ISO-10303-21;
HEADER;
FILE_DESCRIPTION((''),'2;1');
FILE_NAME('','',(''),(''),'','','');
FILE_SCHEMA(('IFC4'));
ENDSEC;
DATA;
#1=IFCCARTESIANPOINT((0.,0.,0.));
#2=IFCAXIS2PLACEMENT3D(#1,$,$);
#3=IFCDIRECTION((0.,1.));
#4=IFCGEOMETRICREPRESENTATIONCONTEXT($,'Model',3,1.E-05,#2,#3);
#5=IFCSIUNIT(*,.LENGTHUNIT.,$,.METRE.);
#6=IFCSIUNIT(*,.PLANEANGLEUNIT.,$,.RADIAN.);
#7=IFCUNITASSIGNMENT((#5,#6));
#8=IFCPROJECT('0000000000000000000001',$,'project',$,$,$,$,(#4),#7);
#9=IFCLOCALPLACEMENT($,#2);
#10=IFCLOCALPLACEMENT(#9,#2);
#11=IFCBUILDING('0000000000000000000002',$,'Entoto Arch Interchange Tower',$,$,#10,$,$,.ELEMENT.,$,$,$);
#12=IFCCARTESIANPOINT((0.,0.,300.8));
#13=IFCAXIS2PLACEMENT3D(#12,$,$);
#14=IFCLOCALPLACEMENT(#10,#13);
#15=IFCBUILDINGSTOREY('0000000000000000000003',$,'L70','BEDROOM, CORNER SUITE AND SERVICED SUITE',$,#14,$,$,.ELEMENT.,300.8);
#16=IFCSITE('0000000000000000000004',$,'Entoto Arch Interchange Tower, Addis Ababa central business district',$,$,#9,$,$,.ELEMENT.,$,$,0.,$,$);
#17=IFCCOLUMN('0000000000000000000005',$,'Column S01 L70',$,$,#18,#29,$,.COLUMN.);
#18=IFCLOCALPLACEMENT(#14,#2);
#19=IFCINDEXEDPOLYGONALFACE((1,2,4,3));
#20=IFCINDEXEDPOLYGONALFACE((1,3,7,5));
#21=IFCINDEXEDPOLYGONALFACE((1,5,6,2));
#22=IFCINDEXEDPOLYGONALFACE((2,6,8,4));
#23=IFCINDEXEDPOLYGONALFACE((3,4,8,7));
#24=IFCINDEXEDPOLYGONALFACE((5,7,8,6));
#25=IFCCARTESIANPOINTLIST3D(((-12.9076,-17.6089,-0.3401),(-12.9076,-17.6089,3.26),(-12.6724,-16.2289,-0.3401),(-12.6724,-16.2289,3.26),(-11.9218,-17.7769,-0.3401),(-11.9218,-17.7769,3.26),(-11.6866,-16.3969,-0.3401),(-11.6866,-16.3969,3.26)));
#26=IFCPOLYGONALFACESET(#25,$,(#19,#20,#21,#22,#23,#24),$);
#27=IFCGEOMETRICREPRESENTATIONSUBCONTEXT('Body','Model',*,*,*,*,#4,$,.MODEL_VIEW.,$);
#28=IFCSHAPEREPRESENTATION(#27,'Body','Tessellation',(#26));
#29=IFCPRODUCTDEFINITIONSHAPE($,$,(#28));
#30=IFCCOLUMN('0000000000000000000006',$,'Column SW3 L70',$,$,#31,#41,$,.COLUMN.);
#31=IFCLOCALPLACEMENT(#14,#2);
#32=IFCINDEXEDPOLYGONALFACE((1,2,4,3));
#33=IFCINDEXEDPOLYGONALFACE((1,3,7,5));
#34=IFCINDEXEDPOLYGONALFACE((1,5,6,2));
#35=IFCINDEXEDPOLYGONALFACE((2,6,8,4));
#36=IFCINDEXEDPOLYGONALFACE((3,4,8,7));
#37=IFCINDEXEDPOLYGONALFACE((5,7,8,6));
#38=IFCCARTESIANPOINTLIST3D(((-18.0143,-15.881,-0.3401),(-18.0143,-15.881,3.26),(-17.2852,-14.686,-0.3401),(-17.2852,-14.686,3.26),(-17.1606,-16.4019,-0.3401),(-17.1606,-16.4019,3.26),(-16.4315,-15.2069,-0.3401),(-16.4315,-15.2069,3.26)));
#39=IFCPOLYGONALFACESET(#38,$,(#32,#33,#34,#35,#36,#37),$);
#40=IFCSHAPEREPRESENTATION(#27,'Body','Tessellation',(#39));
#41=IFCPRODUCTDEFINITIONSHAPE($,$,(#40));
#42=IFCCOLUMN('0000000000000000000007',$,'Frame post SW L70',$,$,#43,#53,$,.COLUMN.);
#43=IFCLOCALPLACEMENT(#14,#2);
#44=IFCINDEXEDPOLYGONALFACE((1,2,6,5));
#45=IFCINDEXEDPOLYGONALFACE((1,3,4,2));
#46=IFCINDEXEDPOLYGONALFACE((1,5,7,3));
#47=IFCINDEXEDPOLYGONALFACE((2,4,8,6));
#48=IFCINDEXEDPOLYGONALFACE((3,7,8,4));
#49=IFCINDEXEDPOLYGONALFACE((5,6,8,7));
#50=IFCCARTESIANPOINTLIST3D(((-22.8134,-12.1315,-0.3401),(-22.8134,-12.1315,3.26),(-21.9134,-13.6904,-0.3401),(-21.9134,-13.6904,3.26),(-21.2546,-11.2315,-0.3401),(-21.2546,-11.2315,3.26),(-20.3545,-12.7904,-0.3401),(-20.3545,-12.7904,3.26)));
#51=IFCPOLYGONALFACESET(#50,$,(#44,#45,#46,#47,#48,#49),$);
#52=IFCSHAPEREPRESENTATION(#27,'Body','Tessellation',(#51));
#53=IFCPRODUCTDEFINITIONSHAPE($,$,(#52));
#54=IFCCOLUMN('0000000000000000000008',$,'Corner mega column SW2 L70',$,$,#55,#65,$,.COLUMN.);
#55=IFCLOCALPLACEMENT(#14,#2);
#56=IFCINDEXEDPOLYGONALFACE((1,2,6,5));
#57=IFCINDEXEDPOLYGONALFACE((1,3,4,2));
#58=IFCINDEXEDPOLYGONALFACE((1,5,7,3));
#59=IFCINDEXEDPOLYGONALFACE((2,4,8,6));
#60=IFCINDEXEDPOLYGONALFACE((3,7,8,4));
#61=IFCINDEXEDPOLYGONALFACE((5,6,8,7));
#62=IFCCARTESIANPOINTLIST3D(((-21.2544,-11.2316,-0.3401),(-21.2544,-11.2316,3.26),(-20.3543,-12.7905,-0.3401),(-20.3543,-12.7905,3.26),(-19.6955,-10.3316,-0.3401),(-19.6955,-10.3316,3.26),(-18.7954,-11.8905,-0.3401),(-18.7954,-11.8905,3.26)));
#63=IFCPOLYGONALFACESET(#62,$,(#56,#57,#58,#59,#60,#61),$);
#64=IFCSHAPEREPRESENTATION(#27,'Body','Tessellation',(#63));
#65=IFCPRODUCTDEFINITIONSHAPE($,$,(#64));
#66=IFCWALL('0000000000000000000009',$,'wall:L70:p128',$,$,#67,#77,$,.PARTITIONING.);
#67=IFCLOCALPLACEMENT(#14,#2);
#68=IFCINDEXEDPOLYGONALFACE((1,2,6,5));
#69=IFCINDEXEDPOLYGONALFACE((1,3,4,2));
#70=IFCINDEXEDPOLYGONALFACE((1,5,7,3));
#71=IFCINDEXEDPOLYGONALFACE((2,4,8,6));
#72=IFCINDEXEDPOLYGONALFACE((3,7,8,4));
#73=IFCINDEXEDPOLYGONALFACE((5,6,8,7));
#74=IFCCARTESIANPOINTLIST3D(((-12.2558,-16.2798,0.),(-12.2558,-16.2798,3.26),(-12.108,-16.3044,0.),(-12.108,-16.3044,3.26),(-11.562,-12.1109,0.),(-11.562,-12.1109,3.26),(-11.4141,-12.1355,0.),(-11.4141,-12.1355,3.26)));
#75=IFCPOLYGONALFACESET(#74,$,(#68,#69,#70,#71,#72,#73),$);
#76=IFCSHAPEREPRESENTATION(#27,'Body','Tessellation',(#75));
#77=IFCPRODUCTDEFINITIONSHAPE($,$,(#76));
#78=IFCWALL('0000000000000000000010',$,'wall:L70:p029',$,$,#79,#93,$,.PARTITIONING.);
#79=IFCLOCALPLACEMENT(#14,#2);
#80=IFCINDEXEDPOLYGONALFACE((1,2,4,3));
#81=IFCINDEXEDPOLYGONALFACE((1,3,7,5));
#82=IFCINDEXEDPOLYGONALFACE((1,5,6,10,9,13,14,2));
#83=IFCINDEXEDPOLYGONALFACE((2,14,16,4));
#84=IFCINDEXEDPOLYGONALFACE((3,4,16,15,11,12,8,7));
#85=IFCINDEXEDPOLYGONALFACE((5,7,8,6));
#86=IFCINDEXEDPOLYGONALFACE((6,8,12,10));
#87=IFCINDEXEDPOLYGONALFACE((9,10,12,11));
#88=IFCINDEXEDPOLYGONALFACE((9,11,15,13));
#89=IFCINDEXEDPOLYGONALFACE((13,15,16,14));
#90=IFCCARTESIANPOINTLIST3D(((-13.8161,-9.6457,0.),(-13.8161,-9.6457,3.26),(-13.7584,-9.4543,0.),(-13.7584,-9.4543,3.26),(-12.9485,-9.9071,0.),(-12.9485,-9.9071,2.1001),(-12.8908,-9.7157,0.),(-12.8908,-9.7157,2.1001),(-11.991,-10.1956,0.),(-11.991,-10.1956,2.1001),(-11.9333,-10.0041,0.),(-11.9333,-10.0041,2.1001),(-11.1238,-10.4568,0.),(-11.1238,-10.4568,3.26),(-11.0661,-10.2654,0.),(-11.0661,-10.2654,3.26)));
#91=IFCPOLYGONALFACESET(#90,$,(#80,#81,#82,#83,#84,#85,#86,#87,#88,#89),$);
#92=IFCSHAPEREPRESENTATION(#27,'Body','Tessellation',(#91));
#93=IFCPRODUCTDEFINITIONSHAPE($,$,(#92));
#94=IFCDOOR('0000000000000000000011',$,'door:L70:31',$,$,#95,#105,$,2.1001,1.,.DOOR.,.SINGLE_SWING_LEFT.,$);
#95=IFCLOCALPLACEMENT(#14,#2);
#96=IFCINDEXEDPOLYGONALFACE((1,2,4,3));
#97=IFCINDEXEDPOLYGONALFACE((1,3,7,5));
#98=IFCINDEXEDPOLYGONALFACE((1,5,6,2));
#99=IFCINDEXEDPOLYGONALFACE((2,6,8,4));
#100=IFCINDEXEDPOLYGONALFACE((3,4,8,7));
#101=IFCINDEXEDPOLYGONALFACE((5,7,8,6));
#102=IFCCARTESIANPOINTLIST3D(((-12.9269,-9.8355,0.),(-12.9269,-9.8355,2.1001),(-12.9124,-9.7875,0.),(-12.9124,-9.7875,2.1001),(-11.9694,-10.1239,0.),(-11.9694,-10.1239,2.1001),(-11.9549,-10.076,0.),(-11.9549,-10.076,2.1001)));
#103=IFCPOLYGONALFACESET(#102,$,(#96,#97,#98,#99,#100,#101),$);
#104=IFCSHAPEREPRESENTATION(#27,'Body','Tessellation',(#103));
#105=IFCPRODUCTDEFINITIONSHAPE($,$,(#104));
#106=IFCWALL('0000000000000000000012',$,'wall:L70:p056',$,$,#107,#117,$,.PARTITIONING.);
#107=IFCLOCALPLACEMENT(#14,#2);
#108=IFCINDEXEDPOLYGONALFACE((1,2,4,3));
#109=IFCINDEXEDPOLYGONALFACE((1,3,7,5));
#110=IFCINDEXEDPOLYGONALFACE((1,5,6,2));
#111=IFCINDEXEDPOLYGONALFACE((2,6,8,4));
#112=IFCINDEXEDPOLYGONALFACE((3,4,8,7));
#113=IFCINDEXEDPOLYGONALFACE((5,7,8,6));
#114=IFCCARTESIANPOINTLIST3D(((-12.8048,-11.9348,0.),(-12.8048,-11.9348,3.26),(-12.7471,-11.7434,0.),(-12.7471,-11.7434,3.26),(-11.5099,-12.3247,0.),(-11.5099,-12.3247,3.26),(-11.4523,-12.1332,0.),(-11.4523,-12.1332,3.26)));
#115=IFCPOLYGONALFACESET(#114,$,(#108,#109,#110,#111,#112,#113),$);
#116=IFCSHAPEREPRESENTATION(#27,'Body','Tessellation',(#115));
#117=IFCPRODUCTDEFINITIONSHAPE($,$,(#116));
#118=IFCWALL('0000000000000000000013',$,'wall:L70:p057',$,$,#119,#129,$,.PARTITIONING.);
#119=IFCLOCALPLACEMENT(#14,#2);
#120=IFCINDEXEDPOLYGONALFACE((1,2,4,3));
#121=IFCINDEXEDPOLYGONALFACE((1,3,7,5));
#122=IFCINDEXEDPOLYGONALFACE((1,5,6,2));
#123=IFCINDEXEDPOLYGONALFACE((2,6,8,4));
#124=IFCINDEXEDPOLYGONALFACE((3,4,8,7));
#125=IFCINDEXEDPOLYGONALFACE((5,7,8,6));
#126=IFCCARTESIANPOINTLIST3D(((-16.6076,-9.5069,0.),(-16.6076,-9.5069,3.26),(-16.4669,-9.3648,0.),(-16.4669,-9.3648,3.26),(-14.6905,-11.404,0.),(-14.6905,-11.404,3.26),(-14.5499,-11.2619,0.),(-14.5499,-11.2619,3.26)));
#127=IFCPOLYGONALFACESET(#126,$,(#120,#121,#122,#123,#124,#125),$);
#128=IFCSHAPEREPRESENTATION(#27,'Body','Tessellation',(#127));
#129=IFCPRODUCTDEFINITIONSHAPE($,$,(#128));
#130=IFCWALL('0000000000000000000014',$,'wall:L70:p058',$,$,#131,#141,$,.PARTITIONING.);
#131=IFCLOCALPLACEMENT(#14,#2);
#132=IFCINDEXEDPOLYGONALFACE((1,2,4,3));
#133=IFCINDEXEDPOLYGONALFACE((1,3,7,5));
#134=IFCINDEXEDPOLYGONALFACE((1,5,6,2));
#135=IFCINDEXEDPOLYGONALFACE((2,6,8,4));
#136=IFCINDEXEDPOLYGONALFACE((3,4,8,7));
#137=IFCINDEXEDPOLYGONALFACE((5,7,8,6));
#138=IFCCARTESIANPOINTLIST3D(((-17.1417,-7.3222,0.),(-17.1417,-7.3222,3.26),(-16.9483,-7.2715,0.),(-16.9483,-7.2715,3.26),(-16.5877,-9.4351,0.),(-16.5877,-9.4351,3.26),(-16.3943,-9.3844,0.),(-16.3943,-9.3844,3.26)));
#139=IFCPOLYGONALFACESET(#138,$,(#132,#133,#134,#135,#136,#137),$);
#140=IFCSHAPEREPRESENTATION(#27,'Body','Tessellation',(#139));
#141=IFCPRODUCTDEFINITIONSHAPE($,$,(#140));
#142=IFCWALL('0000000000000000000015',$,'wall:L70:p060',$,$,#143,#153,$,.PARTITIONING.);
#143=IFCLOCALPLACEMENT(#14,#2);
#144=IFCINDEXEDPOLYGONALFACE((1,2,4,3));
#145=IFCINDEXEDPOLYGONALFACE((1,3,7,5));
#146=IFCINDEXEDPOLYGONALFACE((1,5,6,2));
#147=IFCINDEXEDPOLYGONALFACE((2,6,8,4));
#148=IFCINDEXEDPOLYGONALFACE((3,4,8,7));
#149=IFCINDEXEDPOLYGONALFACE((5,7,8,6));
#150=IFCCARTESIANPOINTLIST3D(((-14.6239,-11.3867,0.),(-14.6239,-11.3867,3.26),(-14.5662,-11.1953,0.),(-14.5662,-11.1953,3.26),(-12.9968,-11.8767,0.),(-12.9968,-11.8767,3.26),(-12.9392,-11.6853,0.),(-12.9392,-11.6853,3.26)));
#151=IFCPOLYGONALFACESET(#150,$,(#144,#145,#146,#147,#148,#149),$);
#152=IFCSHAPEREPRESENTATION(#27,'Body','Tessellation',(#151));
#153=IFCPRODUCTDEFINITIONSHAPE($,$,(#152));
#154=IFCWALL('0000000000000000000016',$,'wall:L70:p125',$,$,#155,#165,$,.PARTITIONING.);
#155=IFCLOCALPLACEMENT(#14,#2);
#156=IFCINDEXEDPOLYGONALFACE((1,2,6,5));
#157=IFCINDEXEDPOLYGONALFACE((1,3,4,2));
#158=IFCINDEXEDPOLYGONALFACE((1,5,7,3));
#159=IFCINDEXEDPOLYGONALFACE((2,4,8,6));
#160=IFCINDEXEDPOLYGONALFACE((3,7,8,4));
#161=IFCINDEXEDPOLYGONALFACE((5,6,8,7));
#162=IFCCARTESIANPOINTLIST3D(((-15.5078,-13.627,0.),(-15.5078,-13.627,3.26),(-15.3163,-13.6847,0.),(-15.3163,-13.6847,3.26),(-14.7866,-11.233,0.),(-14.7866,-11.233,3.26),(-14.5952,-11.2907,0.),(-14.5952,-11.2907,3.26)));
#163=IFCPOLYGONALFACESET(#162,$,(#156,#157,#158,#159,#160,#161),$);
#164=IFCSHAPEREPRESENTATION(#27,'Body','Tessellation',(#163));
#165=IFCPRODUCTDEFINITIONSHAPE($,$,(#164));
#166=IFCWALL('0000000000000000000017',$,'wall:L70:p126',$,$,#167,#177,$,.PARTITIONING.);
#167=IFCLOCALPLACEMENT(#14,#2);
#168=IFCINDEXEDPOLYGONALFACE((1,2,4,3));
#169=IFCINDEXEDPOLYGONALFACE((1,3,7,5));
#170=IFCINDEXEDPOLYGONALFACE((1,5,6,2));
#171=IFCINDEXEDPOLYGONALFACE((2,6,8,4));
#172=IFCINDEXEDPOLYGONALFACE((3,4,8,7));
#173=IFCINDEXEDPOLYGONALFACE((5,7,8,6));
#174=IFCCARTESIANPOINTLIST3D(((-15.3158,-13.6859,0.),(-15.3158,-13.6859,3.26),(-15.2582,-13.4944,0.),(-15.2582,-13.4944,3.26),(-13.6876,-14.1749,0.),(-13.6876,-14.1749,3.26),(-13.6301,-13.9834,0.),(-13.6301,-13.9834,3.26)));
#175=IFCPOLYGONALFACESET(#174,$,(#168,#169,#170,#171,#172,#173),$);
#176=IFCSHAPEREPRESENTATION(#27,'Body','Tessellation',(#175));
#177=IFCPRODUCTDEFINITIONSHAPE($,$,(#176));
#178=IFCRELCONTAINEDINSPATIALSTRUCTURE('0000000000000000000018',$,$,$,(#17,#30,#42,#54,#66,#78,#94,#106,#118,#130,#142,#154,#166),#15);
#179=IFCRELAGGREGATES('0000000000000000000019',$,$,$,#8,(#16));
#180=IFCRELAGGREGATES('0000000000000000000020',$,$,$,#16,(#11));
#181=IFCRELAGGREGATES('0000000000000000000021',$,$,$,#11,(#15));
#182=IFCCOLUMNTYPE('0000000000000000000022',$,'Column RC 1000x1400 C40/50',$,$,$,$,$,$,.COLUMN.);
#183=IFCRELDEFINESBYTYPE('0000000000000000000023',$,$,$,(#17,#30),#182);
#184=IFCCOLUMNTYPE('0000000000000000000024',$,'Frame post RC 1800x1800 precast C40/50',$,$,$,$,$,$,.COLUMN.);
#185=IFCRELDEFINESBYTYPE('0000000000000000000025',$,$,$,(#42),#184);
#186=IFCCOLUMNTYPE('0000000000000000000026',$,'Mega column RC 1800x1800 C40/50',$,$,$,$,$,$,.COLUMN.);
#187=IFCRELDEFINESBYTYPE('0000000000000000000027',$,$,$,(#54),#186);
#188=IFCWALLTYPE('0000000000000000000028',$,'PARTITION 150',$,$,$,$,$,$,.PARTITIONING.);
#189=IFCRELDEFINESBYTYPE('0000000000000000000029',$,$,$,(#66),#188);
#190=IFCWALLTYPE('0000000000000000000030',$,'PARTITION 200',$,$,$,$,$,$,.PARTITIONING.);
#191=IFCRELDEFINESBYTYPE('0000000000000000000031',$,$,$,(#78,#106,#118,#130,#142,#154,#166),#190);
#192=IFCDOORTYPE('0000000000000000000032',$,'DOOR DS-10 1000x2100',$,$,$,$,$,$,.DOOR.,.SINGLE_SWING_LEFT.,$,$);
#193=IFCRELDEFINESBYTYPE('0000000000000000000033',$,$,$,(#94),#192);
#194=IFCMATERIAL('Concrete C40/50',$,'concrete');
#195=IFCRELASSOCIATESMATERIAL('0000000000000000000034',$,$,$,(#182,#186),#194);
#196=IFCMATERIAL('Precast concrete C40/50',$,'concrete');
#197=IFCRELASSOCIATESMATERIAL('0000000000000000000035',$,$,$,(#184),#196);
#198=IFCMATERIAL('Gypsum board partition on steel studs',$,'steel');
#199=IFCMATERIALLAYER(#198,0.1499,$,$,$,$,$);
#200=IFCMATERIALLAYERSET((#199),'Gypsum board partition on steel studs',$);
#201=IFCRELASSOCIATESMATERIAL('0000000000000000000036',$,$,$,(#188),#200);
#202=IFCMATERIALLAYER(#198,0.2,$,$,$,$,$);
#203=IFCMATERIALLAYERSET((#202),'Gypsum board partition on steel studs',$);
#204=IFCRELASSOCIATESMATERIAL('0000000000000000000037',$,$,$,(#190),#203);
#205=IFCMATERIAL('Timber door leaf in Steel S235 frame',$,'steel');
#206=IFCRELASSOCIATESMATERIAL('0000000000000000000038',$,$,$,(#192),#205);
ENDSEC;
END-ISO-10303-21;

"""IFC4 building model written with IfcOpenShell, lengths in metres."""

from ifc_helpers import new_model, si_unit, direction, frame, frame_2d, origin, origin_2d, place, context, subcontext, project, spatial, rectangle, extrude, material, layer, layer_set, material_profile, profile_set, type_object, element, fill, save


model = new_model("IFC4")

# Units and contexts
model_context = context("Model", 3, precision=1e-05, world=origin(), true_north=direction((0.0, 1.0)))
body_context = subcontext(model_context, "Body", "Model", "MODEL_VIEW")
ifc_project = project(units=[si_unit("LENGTHUNIT", "METRE"), si_unit("PLANEANGLEUNIT", "RADIAN")], contexts=[model_context])

# Site, building, storey
site_placement = place(None, origin())
site = spatial("IfcSite", under=ifc_project, at=site_placement, Name="Entoto Arch Interchange Tower, Addis Ababa central business district", CompositionType="ELEMENT", RefElevation=0.0)
building_placement = place(site_placement, origin())
building = spatial("IfcBuilding", under=site, at=building_placement, Name="Entoto Arch Interchange Tower", CompositionType="ELEMENT")
storey_placement = place(building_placement, frame((0.0, 0.0, 300.8)))
storey = spatial("IfcBuildingStorey", under=building, at=storey_placement, Name="L70", Description="BEDROOM, CORNER SUITE AND SERVICED SUITE", CompositionType="ELEMENT", Elevation=300.8)

# Columns
ifc_material_1 = material(Name="Concrete C40/50", Category="concrete")
ifc_material_profile_1 = material_profile(ifc_material_1, rectangle(XDim=1.0, YDim=1.3999, at=origin_2d()))
ifc_profile_set_1 = profile_set([ifc_material_profile_1], Name="Concrete C40/50")
column_type_1 = type_object("IfcColumnType", Name="Column RC 1000x1400 C40/50", PredefinedType="COLUMN", material=ifc_profile_set_1)
for number, where, z_axis, x_axis, name in (
    (1, (-12.2971, -17.0029, -0.3401), (0.0, 0.0, 1.0), (-0.985786, 0.168008, 0.0), "Column S01 L70"),
    (2, (-17.2229, -15.5439, -0.3401), (0.0, 0.0, 1.0), (-0.853651, 0.520846, 0.0), "Column SW3 L70"),
):
    element("IfcColumn", number, at=place(storey_placement, frame(where, z_axis=z_axis, x_axis=x_axis)), inside=storey, type_object=column_type_1, Name=name, PredefinedType="COLUMN", context=body_context, shape_type="SweptSolid", body=[
        extrude(rectangle(XDim=1.0, YDim=1.3999, at=origin_2d()), origin(), (0.0, 0.0, 1.0), 3.6001),
    ])
ifc_material_2 = material(Name="Precast concrete C40/50", Category="concrete")
ifc_material_profile_2 = material_profile(ifc_material_2, rectangle(XDim=1.8, YDim=1.8, at=origin_2d()))
ifc_profile_set_2 = profile_set([ifc_material_profile_2], Name="Precast concrete C40/50")
column_type_2 = type_object("IfcColumnType", Name="Frame post RC 1800x1800 precast C40/50", PredefinedType="COLUMN", material=ifc_profile_set_2)
column_1_placement = place(storey_placement, frame((-21.584, -12.4609, -0.3401), z_axis=(0.0, 0.0, 1.0), x_axis=(0.866025, 0.5, 0.0)))
element("IfcColumn", 3, at=column_1_placement, inside=storey, type_object=column_type_2, Name="Frame post SW L70", PredefinedType="COLUMN", context=body_context, shape_type="SweptSolid", body=[
    extrude(rectangle(XDim=1.8, YDim=1.8, at=origin_2d()), origin(), (0.0, 0.0, 1.0), 3.6001),
])
ifc_material_profile_3 = material_profile(ifc_material_1, rectangle(XDim=1.8, YDim=1.8, at=origin_2d()))
ifc_profile_set_3 = profile_set([ifc_material_profile_3], Name="Concrete C40/50")
column_type_3 = type_object("IfcColumnType", Name="Mega column RC 1800x1800 C40/50", PredefinedType="COLUMN", material=ifc_profile_set_3)
column_2_placement = place(storey_placement, frame((-20.0249, -11.561, -0.3401), z_axis=(0.0, 0.0, 1.0), x_axis=(0.866025, 0.5, 0.0)))
element("IfcColumn", 4, at=column_2_placement, inside=storey, type_object=column_type_3, Name="Corner mega column SW2 L70", PredefinedType="COLUMN", context=body_context, shape_type="SweptSolid", body=[
    extrude(rectangle(XDim=1.8, YDim=1.8, at=origin_2d()), origin(), (0.0, 0.0, 1.0), 3.6001),
])

# Wall
ifc_material_3 = material(Name="Gypsum board partition on steel studs", Category="steel")
ifc_layer_1 = layer(ifc_material_3, 0.1499)
ifc_layer_set_1 = layer_set([ifc_layer_1], Name="Gypsum board partition on steel studs")
wall_type_1 = type_object("IfcWallType", Name="PARTITION 150", PredefinedType="PARTITIONING", material=ifc_layer_set_1)
wall_1_placement = place(storey_placement, frame((-11.488, -12.123, 0.0), z_axis=(0.0, 0.0, 1.0), x_axis=(-0.164174, -0.986431, 0.0)))
element("IfcWall", 5, at=wall_1_placement, inside=storey, type_object=wall_type_1, Name="wall:L70:p128", PredefinedType="PARTITIONING", context=body_context, shape_type="SweptSolid", body=[
    extrude(rectangle(XDim=4.2263, YDim=0.1499, at=frame_2d((2.1133, 0.0))), origin(), (0.0, 0.0, 1.0), 3.26),
])

# Wall, opening, door
ifc_layer_2 = layer(ifc_material_3, 0.2)
ifc_layer_set_2 = layer_set([ifc_layer_2], Name="Gypsum board partition on steel studs")
wall_type_2 = type_object("IfcWallType", Name="PARTITION 200", PredefinedType="PARTITIONING", material=ifc_layer_set_2)
wall_2_placement = place(storey_placement, frame((-13.7871, -9.55, 0.0), z_axis=(0.0, 0.0, 1.0), x_axis=(0.957493, -0.288455, 0.0)))
wall_2 = element("IfcWall", 6, at=wall_2_placement, inside=storey, type_object=wall_type_2, Name="wall:L70:p029", PredefinedType="PARTITIONING", context=body_context, shape_type="SweptSolid", body=[
    extrude(rectangle(XDim=2.8118, YDim=0.2, at=frame_2d((1.4058, 0.0))), origin(), (0.0, 0.0, 1.0), 3.26),
])
opening_1_placement = place(wall_2_placement, frame((0.906, 0.0, 0.0)))
opening_1 = element("IfcOpeningElement", 7, at=opening_1_placement, cuts=wall_2, PredefinedType="OPENING", context=body_context, shape_type="SweptSolid", body=[
    extrude(rectangle(XDim=1.0, YDim=2.1001, at=frame_2d((0.5, 1.05))), frame((0.0, 0.1099, 0.0), z_axis=(0.0, -1.0, 0.0), x_axis=(1.0, 0.0, 0.0)), (0.0, 0.0, 1.0), 0.22),
])
ifc_material_4 = material(Name="Timber door leaf in Steel S235 frame", Category="steel")
door_type_1 = type_object("IfcDoorType", Name="DOOR DS-10 1000x2100", OperationType="SINGLE_SWING_LEFT", PredefinedType="DOOR", material=ifc_material_4)
door_1_placement = place(opening_1_placement, origin())
door_1 = element("IfcDoor", 8, at=door_1_placement, inside=storey, type_object=door_type_1, Name="door:L70:31", OperationType="SINGLE_SWING_LEFT", OverallHeight=2.1001, OverallWidth=1.0, PredefinedType="DOOR", context=body_context, shape_type="SweptSolid", body=[
    extrude(rectangle(XDim=1.0, YDim=2.1001, at=frame_2d((0.5, 1.05))), frame((0.0, 0.0249, 0.0), z_axis=(0.0, -1.0, 0.0), x_axis=(1.0, 0.0, 0.0)), (0.0, 0.0, 1.0), 0.05),
])
fill(opening_1, door_1)

# Walls
wall_3_placement = place(storey_placement, frame((-11.481, -12.229, 0.0), z_axis=(0.0, 0.0, 1.0), x_axis=(-0.957538, 0.288308, 0.0)))
element("IfcWall", 9, at=wall_3_placement, inside=storey, type_object=wall_type_2, Name="wall:L70:p056", PredefinedType="PARTITIONING", context=body_context, shape_type="SweptSolid", body=[
    extrude(rectangle(XDim=1.3523, YDim=0.2, at=frame_2d((0.6763, 0.0))), origin(), (0.0, 0.0, 1.0), 3.26),
])
wall_4_placement = place(storey_placement, frame((-14.6201, -11.333, 0.0), z_axis=(0.0, 0.0, 1.0), x_axis=(-0.710809, 0.703385, 0.0)))
element("IfcWall", 10, at=wall_4_placement, inside=storey, type_object=wall_type_2, Name="wall:L70:p057", PredefinedType="PARTITIONING", context=body_context, shape_type="SweptSolid", body=[
    extrude(rectangle(XDim=2.697, YDim=0.2, at=frame_2d((1.3486, 0.0))), origin(), (0.0, 0.0, 1.0), 3.26),
])
wall_5_placement = place(storey_placement, frame((-16.491, -9.4099, 0.0), z_axis=(0.0, 0.0, 1.0), x_axis=(-0.253618, 0.967304, 0.0)))
element("IfcWall", 11, at=wall_5_placement, inside=storey, type_object=wall_type_2, Name="wall:L70:p058", PredefinedType="PARTITIONING", context=body_context, shape_type="SweptSolid", body=[
    extrude(rectangle(XDim=2.1843, YDim=0.2, at=frame_2d((1.0923, 0.0))), origin(), (0.0, 0.0, 1.0), 3.26),
])
wall_6_placement = place(storey_placement, frame((-12.968, -11.781, 0.0), z_axis=(0.0, 0.0, 1.0), x_axis=(-0.957517, 0.288376, 0.0)))
element("IfcWall", 12, at=wall_6_placement, inside=storey, type_object=wall_type_2, Name="wall:L70:p060", PredefinedType="PARTITIONING", context=body_context, shape_type="SweptSolid", body=[
    extrude(rectangle(XDim=1.6992, YDim=0.2, at=frame_2d((0.8496, 0.0))), origin(), (0.0, 0.0, 1.0), 3.26),
])
wall_7_placement = place(storey_placement, frame((-14.6909, -11.262, 0.0), z_axis=(0.0, 0.0, 1.0), x_axis=(-0.288441, -0.957498, 0.0)))
element("IfcWall", 13, at=wall_7_placement, inside=storey, type_object=wall_type_2, Name="wall:L70:p125", PredefinedType="PARTITIONING", context=body_context, shape_type="SweptSolid", body=[
    extrude(rectangle(XDim=2.5002, YDim=0.2, at=frame_2d((1.25, 0.0))), origin(), (0.0, 0.0, 1.0), 3.26),
])
wall_8_placement = place(storey_placement, frame((-15.2871, -13.5901, 0.0), z_axis=(0.0, 0.0, 1.0), x_axis=(0.957735, -0.287651, 0.0)))
element("IfcWall", 14, at=wall_8_placement, inside=storey, type_object=wall_type_2, Name="wall:L70:p126", PredefinedType="PARTITIONING", context=body_context, shape_type="SweptSolid", body=[
    extrude(rectangle(XDim=1.7, YDim=0.2, at=frame_2d((0.8501, 0.0))), origin(), (0.0, 0.0, 1.0), 3.26),
])

save(model, "model.ifc")
